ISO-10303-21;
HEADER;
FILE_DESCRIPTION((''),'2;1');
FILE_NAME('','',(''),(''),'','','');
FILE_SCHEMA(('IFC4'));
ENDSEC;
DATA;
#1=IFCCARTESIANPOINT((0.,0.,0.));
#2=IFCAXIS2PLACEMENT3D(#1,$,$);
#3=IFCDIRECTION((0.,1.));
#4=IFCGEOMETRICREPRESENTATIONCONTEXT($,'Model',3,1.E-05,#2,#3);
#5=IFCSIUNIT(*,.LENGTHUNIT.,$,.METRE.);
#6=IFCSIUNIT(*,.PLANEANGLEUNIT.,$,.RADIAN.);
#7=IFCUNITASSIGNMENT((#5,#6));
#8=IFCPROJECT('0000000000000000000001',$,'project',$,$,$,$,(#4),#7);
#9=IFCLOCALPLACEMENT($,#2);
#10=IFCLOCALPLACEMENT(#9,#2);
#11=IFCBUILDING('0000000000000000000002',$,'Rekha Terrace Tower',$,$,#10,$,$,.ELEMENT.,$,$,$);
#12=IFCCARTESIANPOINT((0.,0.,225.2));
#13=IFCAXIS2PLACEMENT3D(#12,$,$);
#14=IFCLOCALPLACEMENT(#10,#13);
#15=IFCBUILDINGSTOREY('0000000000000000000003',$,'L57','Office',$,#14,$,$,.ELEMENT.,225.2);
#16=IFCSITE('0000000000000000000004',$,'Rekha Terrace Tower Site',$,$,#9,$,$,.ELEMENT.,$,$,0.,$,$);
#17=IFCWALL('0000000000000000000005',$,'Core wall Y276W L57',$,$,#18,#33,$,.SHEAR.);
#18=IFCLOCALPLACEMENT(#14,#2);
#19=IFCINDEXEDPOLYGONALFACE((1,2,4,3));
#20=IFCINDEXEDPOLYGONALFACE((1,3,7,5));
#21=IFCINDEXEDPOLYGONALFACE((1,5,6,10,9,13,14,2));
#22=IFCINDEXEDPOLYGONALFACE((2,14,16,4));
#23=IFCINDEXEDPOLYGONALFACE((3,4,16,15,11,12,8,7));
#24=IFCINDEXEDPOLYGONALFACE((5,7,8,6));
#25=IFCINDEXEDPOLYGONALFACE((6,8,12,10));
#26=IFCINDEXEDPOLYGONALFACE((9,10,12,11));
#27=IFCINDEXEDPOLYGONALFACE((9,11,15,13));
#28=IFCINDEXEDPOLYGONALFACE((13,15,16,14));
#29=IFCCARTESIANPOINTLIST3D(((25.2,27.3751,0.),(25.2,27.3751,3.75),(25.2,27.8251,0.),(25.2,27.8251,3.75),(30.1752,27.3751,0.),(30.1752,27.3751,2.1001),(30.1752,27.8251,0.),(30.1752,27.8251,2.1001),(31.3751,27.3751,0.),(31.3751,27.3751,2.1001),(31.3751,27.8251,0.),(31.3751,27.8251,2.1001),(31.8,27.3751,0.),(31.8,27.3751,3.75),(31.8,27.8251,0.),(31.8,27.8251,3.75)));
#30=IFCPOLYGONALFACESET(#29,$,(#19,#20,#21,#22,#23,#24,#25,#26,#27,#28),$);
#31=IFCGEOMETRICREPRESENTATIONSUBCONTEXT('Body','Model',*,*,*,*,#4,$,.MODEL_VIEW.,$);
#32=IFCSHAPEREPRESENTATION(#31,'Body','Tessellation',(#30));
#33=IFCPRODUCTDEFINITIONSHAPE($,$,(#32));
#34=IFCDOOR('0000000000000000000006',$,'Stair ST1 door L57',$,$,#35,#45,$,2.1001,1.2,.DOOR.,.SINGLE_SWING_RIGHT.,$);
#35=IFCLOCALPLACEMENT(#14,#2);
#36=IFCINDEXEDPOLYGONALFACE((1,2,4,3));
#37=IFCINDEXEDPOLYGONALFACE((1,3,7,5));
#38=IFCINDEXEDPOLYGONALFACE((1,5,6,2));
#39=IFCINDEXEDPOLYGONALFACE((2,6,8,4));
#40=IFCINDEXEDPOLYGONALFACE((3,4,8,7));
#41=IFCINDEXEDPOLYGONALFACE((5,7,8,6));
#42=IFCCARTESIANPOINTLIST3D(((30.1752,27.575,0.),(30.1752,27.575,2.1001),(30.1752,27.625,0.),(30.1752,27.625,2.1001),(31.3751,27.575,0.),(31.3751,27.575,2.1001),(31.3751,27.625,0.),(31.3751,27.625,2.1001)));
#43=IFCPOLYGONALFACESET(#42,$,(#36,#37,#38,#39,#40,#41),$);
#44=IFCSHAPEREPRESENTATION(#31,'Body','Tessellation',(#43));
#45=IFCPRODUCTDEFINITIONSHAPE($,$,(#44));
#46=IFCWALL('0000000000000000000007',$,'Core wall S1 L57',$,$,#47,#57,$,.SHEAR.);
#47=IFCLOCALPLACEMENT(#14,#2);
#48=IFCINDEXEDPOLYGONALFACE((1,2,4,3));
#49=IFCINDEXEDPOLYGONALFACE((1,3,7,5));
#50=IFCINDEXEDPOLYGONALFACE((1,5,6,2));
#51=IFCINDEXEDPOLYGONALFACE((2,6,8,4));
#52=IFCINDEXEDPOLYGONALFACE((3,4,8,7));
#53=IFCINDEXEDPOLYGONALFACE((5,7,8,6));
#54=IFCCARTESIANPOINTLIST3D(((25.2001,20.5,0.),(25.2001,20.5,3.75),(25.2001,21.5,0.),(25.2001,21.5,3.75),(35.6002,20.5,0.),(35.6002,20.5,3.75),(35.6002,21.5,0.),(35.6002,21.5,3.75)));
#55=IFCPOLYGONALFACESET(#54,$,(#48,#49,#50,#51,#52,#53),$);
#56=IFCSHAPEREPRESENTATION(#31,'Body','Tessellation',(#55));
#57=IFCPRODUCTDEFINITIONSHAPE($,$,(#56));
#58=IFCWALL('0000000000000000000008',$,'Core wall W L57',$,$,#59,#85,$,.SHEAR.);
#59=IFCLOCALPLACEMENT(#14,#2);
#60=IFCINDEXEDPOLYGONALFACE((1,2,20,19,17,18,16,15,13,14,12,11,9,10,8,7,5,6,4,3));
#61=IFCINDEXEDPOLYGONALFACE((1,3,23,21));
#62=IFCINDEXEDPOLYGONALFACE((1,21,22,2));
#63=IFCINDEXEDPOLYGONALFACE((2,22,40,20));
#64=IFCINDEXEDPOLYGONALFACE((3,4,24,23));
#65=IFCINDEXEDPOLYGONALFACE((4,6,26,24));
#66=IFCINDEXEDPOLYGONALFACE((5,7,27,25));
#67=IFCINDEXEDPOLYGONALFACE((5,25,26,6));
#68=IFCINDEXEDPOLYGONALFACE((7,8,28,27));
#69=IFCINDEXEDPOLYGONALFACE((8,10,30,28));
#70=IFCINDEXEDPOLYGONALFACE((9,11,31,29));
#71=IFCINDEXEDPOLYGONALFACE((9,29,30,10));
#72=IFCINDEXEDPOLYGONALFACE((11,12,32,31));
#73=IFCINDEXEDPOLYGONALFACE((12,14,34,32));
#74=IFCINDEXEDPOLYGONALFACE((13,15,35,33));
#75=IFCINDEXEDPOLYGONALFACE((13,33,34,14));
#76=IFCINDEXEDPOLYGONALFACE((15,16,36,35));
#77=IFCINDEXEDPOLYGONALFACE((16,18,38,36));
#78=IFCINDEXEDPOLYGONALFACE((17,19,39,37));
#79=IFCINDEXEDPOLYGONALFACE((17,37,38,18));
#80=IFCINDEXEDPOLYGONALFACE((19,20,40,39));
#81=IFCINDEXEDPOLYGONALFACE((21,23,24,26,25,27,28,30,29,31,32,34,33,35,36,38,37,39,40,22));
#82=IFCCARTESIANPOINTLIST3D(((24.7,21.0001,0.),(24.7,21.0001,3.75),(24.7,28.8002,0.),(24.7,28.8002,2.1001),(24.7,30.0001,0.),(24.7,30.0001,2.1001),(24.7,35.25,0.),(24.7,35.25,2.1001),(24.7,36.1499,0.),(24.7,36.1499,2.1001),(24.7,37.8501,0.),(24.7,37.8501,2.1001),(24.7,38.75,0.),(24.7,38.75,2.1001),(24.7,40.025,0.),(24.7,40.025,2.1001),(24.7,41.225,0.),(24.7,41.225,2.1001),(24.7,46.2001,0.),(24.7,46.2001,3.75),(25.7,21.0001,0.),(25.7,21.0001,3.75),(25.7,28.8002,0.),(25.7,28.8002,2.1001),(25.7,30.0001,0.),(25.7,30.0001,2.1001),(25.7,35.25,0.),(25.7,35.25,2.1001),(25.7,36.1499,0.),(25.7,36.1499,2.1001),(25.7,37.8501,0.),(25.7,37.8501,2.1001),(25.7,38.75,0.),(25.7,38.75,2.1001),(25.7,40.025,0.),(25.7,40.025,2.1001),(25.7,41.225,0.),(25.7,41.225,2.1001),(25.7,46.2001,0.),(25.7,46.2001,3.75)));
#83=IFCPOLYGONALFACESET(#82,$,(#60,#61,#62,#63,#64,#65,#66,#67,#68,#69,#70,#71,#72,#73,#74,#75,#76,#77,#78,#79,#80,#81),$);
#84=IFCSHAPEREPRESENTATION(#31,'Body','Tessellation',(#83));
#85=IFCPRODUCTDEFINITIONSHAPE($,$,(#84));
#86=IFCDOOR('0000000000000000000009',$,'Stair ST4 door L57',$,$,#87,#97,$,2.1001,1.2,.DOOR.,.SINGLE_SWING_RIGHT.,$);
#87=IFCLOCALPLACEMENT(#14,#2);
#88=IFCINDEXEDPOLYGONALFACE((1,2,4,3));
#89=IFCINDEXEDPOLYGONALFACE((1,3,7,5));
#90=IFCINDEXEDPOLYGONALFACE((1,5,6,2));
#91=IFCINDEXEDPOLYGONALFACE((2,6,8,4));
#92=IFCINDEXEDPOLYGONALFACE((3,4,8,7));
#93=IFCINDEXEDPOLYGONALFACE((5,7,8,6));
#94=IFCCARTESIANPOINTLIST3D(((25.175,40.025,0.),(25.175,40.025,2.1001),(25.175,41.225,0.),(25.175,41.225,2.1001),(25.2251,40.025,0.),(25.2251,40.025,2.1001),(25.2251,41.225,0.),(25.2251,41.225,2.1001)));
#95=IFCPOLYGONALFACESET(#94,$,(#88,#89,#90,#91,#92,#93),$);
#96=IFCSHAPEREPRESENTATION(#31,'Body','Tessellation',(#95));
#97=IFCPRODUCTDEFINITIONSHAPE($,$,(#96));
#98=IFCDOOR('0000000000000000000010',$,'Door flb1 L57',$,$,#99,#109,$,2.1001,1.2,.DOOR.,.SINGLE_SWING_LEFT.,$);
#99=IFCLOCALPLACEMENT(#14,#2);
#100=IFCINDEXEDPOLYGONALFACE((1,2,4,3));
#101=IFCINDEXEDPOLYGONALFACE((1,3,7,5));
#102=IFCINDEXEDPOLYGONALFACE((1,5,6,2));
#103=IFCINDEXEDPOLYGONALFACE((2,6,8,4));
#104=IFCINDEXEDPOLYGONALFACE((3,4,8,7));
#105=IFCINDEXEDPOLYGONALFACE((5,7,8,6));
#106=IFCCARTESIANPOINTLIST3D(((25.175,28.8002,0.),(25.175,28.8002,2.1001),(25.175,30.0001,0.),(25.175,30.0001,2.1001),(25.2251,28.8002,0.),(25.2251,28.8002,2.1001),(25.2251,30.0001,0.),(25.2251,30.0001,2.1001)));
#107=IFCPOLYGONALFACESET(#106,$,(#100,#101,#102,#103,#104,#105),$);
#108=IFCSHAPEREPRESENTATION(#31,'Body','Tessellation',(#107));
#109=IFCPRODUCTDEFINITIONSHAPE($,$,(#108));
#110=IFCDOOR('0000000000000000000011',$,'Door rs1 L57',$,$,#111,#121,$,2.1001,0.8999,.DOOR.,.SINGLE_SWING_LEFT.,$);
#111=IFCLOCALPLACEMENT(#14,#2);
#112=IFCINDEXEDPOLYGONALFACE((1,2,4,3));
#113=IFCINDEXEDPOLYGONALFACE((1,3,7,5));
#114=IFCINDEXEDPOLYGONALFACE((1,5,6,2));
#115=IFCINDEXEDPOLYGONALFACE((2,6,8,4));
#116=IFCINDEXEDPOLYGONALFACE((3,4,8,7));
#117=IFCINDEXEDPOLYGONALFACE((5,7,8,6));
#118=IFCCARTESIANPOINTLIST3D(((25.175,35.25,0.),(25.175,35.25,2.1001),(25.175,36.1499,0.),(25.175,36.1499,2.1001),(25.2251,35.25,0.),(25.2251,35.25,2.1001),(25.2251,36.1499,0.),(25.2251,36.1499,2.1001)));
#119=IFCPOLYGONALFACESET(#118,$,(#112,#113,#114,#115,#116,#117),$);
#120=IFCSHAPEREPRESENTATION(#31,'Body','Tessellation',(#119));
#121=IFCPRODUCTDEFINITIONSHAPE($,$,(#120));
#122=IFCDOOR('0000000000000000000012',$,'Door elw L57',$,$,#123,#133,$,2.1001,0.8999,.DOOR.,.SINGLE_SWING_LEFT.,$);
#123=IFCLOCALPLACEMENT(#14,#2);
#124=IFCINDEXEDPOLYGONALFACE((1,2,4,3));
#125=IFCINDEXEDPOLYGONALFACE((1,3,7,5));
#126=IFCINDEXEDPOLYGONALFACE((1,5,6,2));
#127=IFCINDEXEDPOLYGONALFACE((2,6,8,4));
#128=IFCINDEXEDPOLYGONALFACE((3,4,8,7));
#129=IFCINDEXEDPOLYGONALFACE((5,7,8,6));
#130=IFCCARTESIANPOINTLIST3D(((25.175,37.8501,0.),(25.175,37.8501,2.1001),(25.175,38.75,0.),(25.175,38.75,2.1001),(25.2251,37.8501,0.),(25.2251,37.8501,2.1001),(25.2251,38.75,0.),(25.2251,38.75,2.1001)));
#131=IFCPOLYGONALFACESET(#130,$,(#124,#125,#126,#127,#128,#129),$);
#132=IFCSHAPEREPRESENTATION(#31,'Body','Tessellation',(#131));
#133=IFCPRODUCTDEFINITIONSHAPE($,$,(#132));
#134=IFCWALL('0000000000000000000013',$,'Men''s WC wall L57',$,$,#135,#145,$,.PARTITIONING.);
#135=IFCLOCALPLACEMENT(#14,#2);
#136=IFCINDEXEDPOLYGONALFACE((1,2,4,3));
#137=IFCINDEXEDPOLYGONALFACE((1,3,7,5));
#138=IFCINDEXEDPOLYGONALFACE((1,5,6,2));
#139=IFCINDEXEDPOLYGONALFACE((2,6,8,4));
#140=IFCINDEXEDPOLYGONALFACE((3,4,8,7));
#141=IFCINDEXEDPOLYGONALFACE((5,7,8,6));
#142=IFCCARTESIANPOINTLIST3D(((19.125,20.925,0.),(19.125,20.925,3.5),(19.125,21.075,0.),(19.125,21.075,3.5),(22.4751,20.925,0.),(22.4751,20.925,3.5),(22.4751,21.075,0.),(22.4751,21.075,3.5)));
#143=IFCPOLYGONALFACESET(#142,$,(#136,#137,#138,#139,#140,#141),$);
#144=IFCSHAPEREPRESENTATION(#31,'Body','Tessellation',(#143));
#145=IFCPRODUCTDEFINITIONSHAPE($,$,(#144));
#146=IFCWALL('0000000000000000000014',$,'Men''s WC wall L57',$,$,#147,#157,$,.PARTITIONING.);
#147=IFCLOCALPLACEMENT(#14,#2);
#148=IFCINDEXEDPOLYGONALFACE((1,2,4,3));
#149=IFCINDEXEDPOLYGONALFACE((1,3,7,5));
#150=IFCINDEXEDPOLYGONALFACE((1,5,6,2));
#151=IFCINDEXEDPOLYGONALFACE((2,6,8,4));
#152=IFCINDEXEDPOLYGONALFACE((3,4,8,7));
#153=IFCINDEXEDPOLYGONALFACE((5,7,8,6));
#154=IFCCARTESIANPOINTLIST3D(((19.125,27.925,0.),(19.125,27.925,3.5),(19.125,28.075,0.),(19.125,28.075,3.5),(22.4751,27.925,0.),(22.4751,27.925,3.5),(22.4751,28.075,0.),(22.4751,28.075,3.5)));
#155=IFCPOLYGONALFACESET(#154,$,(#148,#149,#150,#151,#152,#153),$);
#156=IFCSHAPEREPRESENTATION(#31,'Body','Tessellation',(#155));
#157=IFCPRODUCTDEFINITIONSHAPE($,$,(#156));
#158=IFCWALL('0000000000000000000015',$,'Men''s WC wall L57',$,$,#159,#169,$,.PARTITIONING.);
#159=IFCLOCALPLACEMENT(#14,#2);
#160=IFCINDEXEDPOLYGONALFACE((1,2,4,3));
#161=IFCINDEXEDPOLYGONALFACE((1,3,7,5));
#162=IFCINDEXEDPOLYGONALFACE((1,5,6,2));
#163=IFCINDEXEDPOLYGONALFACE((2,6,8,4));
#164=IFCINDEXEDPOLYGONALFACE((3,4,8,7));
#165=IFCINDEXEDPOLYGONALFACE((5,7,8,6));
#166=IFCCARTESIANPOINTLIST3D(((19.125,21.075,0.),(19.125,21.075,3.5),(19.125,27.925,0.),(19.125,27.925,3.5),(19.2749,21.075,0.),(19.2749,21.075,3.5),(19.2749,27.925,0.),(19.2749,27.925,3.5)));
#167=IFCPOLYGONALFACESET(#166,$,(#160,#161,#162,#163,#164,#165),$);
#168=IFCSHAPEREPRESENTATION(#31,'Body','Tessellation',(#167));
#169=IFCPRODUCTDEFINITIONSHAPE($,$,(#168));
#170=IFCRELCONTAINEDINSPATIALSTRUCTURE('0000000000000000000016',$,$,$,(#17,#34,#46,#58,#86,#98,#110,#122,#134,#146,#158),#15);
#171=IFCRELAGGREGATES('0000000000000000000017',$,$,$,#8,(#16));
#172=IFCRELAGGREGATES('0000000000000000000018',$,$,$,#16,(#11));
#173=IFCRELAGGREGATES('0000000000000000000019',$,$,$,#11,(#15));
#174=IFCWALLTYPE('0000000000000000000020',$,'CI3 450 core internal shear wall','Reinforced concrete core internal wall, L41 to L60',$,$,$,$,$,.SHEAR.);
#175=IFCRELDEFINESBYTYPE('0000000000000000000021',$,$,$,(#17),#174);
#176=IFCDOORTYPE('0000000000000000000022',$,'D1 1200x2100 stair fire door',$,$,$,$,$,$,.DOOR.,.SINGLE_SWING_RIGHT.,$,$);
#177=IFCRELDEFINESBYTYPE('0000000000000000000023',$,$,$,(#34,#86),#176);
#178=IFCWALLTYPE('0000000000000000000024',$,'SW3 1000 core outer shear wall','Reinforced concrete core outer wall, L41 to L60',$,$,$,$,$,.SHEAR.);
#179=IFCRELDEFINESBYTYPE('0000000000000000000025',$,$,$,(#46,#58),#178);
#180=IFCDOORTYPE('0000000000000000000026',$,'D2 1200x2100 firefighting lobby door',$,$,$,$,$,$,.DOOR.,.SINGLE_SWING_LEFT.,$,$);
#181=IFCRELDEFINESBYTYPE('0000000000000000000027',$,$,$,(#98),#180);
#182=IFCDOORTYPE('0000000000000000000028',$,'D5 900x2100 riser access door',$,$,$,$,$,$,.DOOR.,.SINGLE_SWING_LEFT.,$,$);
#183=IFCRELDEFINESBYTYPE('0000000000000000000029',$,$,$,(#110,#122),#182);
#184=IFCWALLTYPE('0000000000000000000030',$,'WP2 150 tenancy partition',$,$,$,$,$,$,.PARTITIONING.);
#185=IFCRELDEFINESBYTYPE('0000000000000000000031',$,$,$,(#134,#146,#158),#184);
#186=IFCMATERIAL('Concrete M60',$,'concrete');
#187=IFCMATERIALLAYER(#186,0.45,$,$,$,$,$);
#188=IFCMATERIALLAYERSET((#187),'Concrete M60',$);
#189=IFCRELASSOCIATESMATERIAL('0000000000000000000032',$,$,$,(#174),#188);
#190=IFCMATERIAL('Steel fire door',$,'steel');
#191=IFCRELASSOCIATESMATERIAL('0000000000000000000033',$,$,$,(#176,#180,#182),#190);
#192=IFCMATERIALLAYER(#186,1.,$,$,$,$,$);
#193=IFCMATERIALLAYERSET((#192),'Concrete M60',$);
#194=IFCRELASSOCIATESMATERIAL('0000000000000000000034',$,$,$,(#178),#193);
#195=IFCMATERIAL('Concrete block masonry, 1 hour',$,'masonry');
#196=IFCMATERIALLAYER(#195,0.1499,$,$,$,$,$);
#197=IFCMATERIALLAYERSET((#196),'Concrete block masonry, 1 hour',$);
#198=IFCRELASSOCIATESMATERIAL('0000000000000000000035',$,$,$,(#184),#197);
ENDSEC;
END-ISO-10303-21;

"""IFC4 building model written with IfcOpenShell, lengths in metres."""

from ifc_helpers import new_model, si_unit, direction, frame, frame_2d, origin, place, context, subcontext, project, spatial, rectangle, extrude, material, layer, layer_set, type_object, element, fill, save


model = new_model("IFC4")

# Units and contexts
model_context = context("Model", 3, precision=1e-05, world=origin(), true_north=direction((0.0, 1.0)))
body_context = subcontext(model_context, "Body", "Model", "MODEL_VIEW")
ifc_project = project(units=[si_unit("LENGTHUNIT", "METRE"), si_unit("PLANEANGLEUNIT", "RADIAN")], contexts=[model_context])

# Site, building, storey
site_placement = place(None, origin())
site = spatial("IfcSite", under=ifc_project, at=site_placement, Name="Rekha Terrace Tower Site", CompositionType="ELEMENT", RefElevation=0.0)
building_placement = place(site_placement, origin())
building = spatial("IfcBuilding", under=site, at=building_placement, Name="Rekha Terrace Tower", CompositionType="ELEMENT")
storey_placement = place(building_placement, frame((0.0, 0.0, 225.2)))
storey = spatial("IfcBuildingStorey", under=building, at=storey_placement, Name="L57", Description="Office", CompositionType="ELEMENT", Elevation=225.2)

# Wall, opening, door
ifc_material_1 = material(Name="Concrete M60", Category="concrete")
ifc_layer_1 = layer(ifc_material_1, 0.45)
ifc_layer_set_1 = layer_set([ifc_layer_1], Name="Concrete M60")
wall_type_1 = type_object("IfcWallType", Name="CI3 450 core internal shear wall", Description="Reinforced concrete core internal wall, L41 to L60", PredefinedType="SHEAR", material=ifc_layer_set_1)
wall_1_placement = place(storey_placement, frame((25.2, 27.6001, 0.0), z_axis=(0.0, 0.0, 1.0), x_axis=(1.0, 0.0, 0.0)))
wall_1 = element("IfcWall", 1, at=wall_1_placement, inside=storey, type_object=wall_type_1, Name="Core wall Y276W L57", PredefinedType="SHEAR", context=body_context, shape_type="SweptSolid", body=[
    extrude(rectangle(XDim=6.6001, YDim=0.45, at=frame_2d((3.3, 0.0))), origin(), (0.0, 0.0, 1.0), 3.75),
])
opening_1_placement = place(wall_1_placement, frame((4.9751, 0.0, 0.0)))
opening_1 = element("IfcOpeningElement", 2, at=opening_1_placement, cuts=wall_1, PredefinedType="OPENING", context=body_context, shape_type="SweptSolid", body=[
    extrude(rectangle(XDim=1.2, YDim=2.1001, at=frame_2d((0.6001, 1.05))), frame((0.0, 0.2349, 0.0), z_axis=(0.0, -1.0, 0.0), x_axis=(1.0, 0.0, 0.0)), (0.0, 0.0, 1.0), 0.47),
])
ifc_material_2 = material(Name="Steel fire door", Category="steel")
door_type_1 = type_object("IfcDoorType", Name="D1 1200x2100 stair fire door", OperationType="SINGLE_SWING_RIGHT", PredefinedType="DOOR", material=ifc_material_2)
door_1_placement = place(opening_1_placement, origin())
door_1 = element("IfcDoor", 3, at=door_1_placement, inside=storey, type_object=door_type_1, Name="Stair ST1 door L57", OperationType="SINGLE_SWING_RIGHT", OverallHeight=2.1001, OverallWidth=1.2, PredefinedType="DOOR", context=body_context, shape_type="SweptSolid", body=[
    extrude(rectangle(XDim=1.2, YDim=2.1001, at=frame_2d((0.6001, 1.05))), frame((0.0, 0.0249, 0.0), z_axis=(0.0, -1.0, 0.0), x_axis=(1.0, 0.0, 0.0)), (0.0, 0.0, 1.0), 0.05),
])
fill(opening_1, door_1)

# Wall
ifc_layer_2 = layer(ifc_material_1, 1.0)
ifc_layer_set_2 = layer_set([ifc_layer_2], Name="Concrete M60")
wall_type_2 = type_object("IfcWallType", Name="SW3 1000 core outer shear wall", Description="Reinforced concrete core outer wall, L41 to L60", PredefinedType="SHEAR", material=ifc_layer_set_2)
wall_2_placement = place(storey_placement, frame((25.2, 21.0, 0.0), z_axis=(0.0, 0.0, 1.0), x_axis=(1.0, 0.0, 0.0)))
element("IfcWall", 4, at=wall_2_placement, inside=storey, type_object=wall_type_2, Name="Core wall S1 L57", PredefinedType="SHEAR", context=body_context, shape_type="SweptSolid", body=[
    extrude(rectangle(XDim=10.4001, YDim=1.0, at=frame_2d((5.2002, 0.0))), origin(), (0.0, 0.0, 1.0), 3.75),
])

# Wall, openings, doors
wall_3_placement = place(storey_placement, frame((25.2, 21.0, 0.0), z_axis=(0.0, 0.0, 1.0), x_axis=(0.0, 1.0, 0.0)))
wall_3 = element("IfcWall", 5, at=wall_3_placement, inside=storey, type_object=wall_type_2, Name="Core wall W L57", PredefinedType="SHEAR", context=body_context, shape_type="SweptSolid", body=[
    extrude(rectangle(XDim=25.2, YDim=1.0, at=frame_2d((12.6001, 0.0))), origin(), (0.0, 0.0, 1.0), 3.75),
])
opening_2_placement = place(wall_3_placement, frame((7.8, 0.0, 0.0)))
opening_2 = element("IfcOpeningElement", 6, at=opening_2_placement, cuts=wall_3, PredefinedType="OPENING", context=body_context, shape_type="SweptSolid", body=[
    extrude(rectangle(XDim=1.2, YDim=2.1001, at=frame_2d((0.6001, 1.05))), frame((0.0, 0.51, 0.0), z_axis=(0.0, -1.0, 0.0), x_axis=(1.0, 0.0, 0.0)), (0.0, 0.0, 1.0), 1.02),
])
opening_3_placement = place(wall_3_placement, frame((14.25, 0.0, 0.0)))
opening_3 = element("IfcOpeningElement", 7, at=opening_3_placement, cuts=wall_3, PredefinedType="OPENING", context=body_context, shape_type="SweptSolid", body=[
    extrude(rectangle(XDim=0.8999, YDim=2.1001, at=frame_2d((0.45, 1.05))), frame((0.0, 0.51, 0.0), z_axis=(0.0, -1.0, 0.0), x_axis=(1.0, 0.0, 0.0)), (0.0, 0.0, 1.0), 1.02),
])
opening_4_placement = place(wall_3_placement, frame((16.8501, 0.0, 0.0)))
opening_4 = element("IfcOpeningElement", 8, at=opening_4_placement, cuts=wall_3, PredefinedType="OPENING", context=body_context, shape_type="SweptSolid", body=[
    extrude(rectangle(XDim=0.8999, YDim=2.1001, at=frame_2d((0.45, 1.05))), frame((0.0, 0.51, 0.0), z_axis=(0.0, -1.0, 0.0), x_axis=(1.0, 0.0, 0.0)), (0.0, 0.0, 1.0), 1.02),
])
opening_5_placement = place(wall_3_placement, frame((19.0249, 0.0, 0.0)))
opening_5 = element("IfcOpeningElement", 9, at=opening_5_placement, cuts=wall_3, PredefinedType="OPENING", context=body_context, shape_type="SweptSolid", body=[
    extrude(rectangle(XDim=1.2, YDim=2.1001, at=frame_2d((0.6001, 1.05))), frame((0.0, 0.51, 0.0), z_axis=(0.0, -1.0, 0.0), x_axis=(1.0, 0.0, 0.0)), (0.0, 0.0, 1.0), 1.02),
])
door_2_placement = place(opening_5_placement, origin())
door_2 = element("IfcDoor", 10, at=door_2_placement, inside=storey, type_object=door_type_1, Name="Stair ST4 door L57", OperationType="SINGLE_SWING_RIGHT", OverallHeight=2.1001, OverallWidth=1.2, PredefinedType="DOOR", context=body_context, shape_type="SweptSolid", body=[
    extrude(rectangle(XDim=1.2, YDim=2.1001, at=frame_2d((0.6001, 1.05))), frame((0.0, 0.0249, 0.0), z_axis=(0.0, -1.0, 0.0), x_axis=(1.0, 0.0, 0.0)), (0.0, 0.0, 1.0), 0.05),
])
fill(opening_5, door_2)
door_type_2 = type_object("IfcDoorType", Name="D2 1200x2100 firefighting lobby door", OperationType="SINGLE_SWING_LEFT", PredefinedType="DOOR", material=ifc_material_2)
door_3_placement = place(opening_2_placement, origin())
door_3 = element("IfcDoor", 11, at=door_3_placement, inside=storey, type_object=door_type_2, Name="Door flb1 L57", OperationType="SINGLE_SWING_LEFT", OverallHeight=2.1001, OverallWidth=1.2, PredefinedType="DOOR", context=body_context, shape_type="SweptSolid", body=[
    extrude(rectangle(XDim=1.2, YDim=2.1001, at=frame_2d((0.6001, 1.05))), frame((0.0, 0.0249, 0.0), z_axis=(0.0, -1.0, 0.0), x_axis=(1.0, 0.0, 0.0)), (0.0, 0.0, 1.0), 0.05),
])
fill(opening_2, door_3)
door_type_3 = type_object("IfcDoorType", Name="D5 900x2100 riser access door", OperationType="SINGLE_SWING_LEFT", PredefinedType="DOOR", material=ifc_material_2)
door_4_placement = place(opening_3_placement, origin())
door_4 = element("IfcDoor", 12, at=door_4_placement, inside=storey, type_object=door_type_3, Name="Door rs1 L57", OperationType="SINGLE_SWING_LEFT", OverallHeight=2.1001, OverallWidth=0.8999, PredefinedType="DOOR", context=body_context, shape_type="SweptSolid", body=[
    extrude(rectangle(XDim=0.8999, YDim=2.1001, at=frame_2d((0.45, 1.05))), frame((0.0, 0.0249, 0.0), z_axis=(0.0, -1.0, 0.0), x_axis=(1.0, 0.0, 0.0)), (0.0, 0.0, 1.0), 0.05),
])
fill(opening_3, door_4)
door_5_placement = place(opening_4_placement, origin())
door_5 = element("IfcDoor", 13, at=door_5_placement, inside=storey, type_object=door_type_3, Name="Door elw L57", OperationType="SINGLE_SWING_LEFT", OverallHeight=2.1001, OverallWidth=0.8999, PredefinedType="DOOR", context=body_context, shape_type="SweptSolid", body=[
    extrude(rectangle(XDim=0.8999, YDim=2.1001, at=frame_2d((0.45, 1.05))), frame((0.0, 0.0249, 0.0), z_axis=(0.0, -1.0, 0.0), x_axis=(1.0, 0.0, 0.0)), (0.0, 0.0, 1.0), 0.05),
])
fill(opening_4, door_5)

# Walls
ifc_material_3 = material(Name="Concrete block masonry, 1 hour", Category="masonry")
ifc_layer_3 = layer(ifc_material_3, 0.1499)
ifc_layer_set_3 = layer_set([ifc_layer_3], Name="Concrete block masonry, 1 hour")
wall_type_3 = type_object("IfcWallType", Name="WP2 150 tenancy partition", PredefinedType="PARTITIONING", material=ifc_layer_set_3)
for number, where, z_axis, x_axis, name in (
    (14, (19.125, 21.0, 0.0), (0.0, 0.0, 1.0), (1.0, 0.0, 0.0), "Men's WC wall L57"),
    (15, (19.125, 28.0, 0.0), (0.0, 0.0, 1.0), (1.0, 0.0, 0.0), "Men's WC wall L57"),
):
    element("IfcWall", number, at=place(storey_placement, frame(where, z_axis=z_axis, x_axis=x_axis)), inside=storey, type_object=wall_type_3, Name=name, PredefinedType="PARTITIONING", context=body_context, shape_type="SweptSolid", body=[
        extrude(rectangle(XDim=3.3501, YDim=0.1499, at=frame_2d((1.675, 0.0))), origin(), (0.0, 0.0, 1.0), 3.5),
    ])
wall_4_placement = place(storey_placement, frame((19.2, 21.075, 0.0), z_axis=(0.0, 0.0, 1.0), x_axis=(0.0, 1.0, 0.0)))
element("IfcWall", 16, at=wall_4_placement, inside=storey, type_object=wall_type_3, Name="Men's WC wall L57", PredefinedType="PARTITIONING", context=body_context, shape_type="SweptSolid", body=[
    extrude(rectangle(XDim=6.8501, YDim=0.1499, at=frame_2d((3.425, 0.0))), origin(), (0.0, 0.0, 1.0), 3.5),
])

save(model, "model.ifc")
